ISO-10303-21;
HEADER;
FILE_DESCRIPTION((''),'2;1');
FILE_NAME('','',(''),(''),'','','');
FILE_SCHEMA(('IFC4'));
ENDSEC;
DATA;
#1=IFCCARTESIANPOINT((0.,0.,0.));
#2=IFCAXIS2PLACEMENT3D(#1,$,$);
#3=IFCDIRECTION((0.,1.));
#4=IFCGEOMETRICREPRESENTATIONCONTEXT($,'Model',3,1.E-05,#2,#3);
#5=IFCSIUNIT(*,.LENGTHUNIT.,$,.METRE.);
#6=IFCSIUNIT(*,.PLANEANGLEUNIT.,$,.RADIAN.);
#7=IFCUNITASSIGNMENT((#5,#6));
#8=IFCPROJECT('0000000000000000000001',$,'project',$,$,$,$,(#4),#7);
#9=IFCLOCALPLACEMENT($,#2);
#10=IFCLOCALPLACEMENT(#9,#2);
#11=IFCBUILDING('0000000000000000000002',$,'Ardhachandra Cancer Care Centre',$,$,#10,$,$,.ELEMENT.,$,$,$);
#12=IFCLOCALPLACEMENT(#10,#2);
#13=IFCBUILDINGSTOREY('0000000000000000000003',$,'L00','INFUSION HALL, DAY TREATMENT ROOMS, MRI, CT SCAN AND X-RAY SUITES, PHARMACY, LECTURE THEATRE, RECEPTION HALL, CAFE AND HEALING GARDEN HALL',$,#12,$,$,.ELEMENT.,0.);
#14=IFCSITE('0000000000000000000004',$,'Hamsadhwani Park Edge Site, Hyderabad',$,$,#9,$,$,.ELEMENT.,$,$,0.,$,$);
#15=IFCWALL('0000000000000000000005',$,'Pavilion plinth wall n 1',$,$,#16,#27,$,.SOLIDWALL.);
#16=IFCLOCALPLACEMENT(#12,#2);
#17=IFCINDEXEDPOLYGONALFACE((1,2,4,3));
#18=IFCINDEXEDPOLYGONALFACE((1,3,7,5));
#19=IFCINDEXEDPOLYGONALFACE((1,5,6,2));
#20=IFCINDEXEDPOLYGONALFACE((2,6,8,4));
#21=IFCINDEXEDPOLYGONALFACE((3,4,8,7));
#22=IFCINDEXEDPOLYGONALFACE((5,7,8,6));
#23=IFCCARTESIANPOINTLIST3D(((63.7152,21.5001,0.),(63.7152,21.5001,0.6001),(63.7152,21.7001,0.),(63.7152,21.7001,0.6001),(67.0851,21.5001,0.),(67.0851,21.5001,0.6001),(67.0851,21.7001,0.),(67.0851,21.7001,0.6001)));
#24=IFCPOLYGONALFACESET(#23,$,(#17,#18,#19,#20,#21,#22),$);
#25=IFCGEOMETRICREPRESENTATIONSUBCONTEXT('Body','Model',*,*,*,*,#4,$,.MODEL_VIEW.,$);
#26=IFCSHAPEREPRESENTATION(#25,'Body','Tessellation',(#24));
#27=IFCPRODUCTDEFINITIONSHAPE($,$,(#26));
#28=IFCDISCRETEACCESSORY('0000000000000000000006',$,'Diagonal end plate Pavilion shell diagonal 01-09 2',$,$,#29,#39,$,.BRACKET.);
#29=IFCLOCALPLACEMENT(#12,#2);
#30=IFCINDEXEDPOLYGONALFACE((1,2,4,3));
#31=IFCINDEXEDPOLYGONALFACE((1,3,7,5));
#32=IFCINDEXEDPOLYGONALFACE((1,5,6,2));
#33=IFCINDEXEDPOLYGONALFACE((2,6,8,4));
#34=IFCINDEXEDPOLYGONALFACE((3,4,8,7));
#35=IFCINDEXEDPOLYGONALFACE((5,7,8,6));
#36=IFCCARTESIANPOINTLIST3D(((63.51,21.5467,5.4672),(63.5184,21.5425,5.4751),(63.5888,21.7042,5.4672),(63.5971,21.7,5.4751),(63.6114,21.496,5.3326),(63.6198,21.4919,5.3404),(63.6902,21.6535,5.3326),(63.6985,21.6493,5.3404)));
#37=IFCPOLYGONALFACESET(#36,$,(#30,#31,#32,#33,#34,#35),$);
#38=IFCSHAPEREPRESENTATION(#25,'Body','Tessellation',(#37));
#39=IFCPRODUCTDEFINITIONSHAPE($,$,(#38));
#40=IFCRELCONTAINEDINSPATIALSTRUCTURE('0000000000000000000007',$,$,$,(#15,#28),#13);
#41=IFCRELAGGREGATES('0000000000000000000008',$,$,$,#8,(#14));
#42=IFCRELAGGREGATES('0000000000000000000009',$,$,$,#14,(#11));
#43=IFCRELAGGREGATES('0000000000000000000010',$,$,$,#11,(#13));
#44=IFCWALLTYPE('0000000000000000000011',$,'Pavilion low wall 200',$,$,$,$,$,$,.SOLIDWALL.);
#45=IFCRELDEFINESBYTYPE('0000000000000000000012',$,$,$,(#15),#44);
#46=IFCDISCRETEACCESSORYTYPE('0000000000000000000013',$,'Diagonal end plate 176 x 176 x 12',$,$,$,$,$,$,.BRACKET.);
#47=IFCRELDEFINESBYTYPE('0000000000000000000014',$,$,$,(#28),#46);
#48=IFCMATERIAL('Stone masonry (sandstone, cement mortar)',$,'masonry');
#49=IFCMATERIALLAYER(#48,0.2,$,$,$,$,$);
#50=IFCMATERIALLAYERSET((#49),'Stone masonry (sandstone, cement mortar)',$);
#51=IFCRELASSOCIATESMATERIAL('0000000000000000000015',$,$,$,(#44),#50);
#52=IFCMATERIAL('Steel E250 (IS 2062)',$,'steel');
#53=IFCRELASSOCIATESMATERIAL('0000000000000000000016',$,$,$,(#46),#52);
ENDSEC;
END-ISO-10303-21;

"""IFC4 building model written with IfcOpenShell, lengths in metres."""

from ifc_helpers import new_model, si_unit, direction, frame, frame_2d, origin, origin_2d, place, context, subcontext, project, spatial, rectangle, extrude, material, layer, layer_set, material_profile, profile_set, type_object, element, save


model = new_model("IFC4")

# Units and contexts
model_context = context("Model", 3, precision=1e-05, world=origin(), true_north=direction((0.0, 1.0)))
body_context = subcontext(model_context, "Body", "Model", "MODEL_VIEW")
ifc_project = project(units=[si_unit("LENGTHUNIT", "METRE"), si_unit("PLANEANGLEUNIT", "RADIAN")], contexts=[model_context])

# Site, building, storey
site_placement = place(None, origin())
site = spatial("IfcSite", under=ifc_project, at=site_placement, Name="Hamsadhwani Park Edge Site, Hyderabad", CompositionType="ELEMENT", RefElevation=0.0)
building_placement = place(site_placement, origin())
building = spatial("IfcBuilding", under=site, at=building_placement, Name="Ardhachandra Cancer Care Centre", CompositionType="ELEMENT")
storey_placement = place(building_placement, origin())
storey = spatial("IfcBuildingStorey", under=building, at=storey_placement, Name="L00", Description="INFUSION HALL, DAY TREATMENT ROOMS, MRI, CT SCAN AND X-RAY SUITES, PHARMACY, LECTURE THEATRE, RECEPTION HALL, CAFE AND HEALING GARDEN HALL", CompositionType="ELEMENT", Elevation=0.0)

# Wall
ifc_material_1 = material(Name="Stone masonry (sandstone, cement mortar)", Category="masonry")
ifc_layer_1 = layer(ifc_material_1, 0.2)
ifc_layer_set_1 = layer_set([ifc_layer_1], Name="Stone masonry (sandstone, cement mortar)")
wall_type_1 = type_object("IfcWallType", Name="Pavilion low wall 200", PredefinedType="SOLIDWALL", material=ifc_layer_set_1)
wall_1_placement = place(storey_placement, frame((63.7151, 21.6001, 0.0), z_axis=(0.0, 0.0, 1.0), x_axis=(1.0, 0.0, 0.0)))
element("IfcWall", 1, at=wall_1_placement, inside=storey, type_object=wall_type_1, Name="Pavilion plinth wall n 1", PredefinedType="SOLIDWALL", context=body_context, shape_type="SweptSolid", body=[
    extrude(rectangle(XDim=3.3699, YDim=0.2, at=frame_2d((1.6851, 0.0))), origin(), (0.0, 0.0, 1.0), 0.6001),
])

# Discrete accessory
ifc_material_2 = material(Name="Steel E250 (IS 2062)", Category="steel")
ifc_material_profile_1 = material_profile(ifc_material_2, rectangle(XDim=0.176, YDim=0.176, at=origin_2d()), Name="PL 176x176x12")
ifc_profile_set_1 = profile_set([ifc_material_profile_1], Name="Steel E250 (IS 2062)")
discrete_accessory_type = type_object("IfcDiscreteAccessoryType", Name="Diagonal end plate 176 x 176 x 12", PredefinedType="BRACKET", material=ifc_profile_set_1)
discrete_accessory_placement = place(storey_placement, frame((63.6001, 21.6001, 5.3999), z_axis=(0.684256, -0.342128, 0.644005), x_axis=(0.447214, 0.894427, 0.0)))
element("IfcDiscreteAccessory", 2, at=discrete_accessory_placement, inside=storey, type_object=discrete_accessory_type, Name="Diagonal end plate Pavilion shell diagonal 01-09 2", PredefinedType="BRACKET", context=body_context, shape_type="SweptSolid", body=[
    extrude(rectangle(XDim=0.176, YDim=0.176, at=origin_2d()), origin(), (0.0, 0.0, 1.0), 0.0122),
])

save(model, "model.ifc")
